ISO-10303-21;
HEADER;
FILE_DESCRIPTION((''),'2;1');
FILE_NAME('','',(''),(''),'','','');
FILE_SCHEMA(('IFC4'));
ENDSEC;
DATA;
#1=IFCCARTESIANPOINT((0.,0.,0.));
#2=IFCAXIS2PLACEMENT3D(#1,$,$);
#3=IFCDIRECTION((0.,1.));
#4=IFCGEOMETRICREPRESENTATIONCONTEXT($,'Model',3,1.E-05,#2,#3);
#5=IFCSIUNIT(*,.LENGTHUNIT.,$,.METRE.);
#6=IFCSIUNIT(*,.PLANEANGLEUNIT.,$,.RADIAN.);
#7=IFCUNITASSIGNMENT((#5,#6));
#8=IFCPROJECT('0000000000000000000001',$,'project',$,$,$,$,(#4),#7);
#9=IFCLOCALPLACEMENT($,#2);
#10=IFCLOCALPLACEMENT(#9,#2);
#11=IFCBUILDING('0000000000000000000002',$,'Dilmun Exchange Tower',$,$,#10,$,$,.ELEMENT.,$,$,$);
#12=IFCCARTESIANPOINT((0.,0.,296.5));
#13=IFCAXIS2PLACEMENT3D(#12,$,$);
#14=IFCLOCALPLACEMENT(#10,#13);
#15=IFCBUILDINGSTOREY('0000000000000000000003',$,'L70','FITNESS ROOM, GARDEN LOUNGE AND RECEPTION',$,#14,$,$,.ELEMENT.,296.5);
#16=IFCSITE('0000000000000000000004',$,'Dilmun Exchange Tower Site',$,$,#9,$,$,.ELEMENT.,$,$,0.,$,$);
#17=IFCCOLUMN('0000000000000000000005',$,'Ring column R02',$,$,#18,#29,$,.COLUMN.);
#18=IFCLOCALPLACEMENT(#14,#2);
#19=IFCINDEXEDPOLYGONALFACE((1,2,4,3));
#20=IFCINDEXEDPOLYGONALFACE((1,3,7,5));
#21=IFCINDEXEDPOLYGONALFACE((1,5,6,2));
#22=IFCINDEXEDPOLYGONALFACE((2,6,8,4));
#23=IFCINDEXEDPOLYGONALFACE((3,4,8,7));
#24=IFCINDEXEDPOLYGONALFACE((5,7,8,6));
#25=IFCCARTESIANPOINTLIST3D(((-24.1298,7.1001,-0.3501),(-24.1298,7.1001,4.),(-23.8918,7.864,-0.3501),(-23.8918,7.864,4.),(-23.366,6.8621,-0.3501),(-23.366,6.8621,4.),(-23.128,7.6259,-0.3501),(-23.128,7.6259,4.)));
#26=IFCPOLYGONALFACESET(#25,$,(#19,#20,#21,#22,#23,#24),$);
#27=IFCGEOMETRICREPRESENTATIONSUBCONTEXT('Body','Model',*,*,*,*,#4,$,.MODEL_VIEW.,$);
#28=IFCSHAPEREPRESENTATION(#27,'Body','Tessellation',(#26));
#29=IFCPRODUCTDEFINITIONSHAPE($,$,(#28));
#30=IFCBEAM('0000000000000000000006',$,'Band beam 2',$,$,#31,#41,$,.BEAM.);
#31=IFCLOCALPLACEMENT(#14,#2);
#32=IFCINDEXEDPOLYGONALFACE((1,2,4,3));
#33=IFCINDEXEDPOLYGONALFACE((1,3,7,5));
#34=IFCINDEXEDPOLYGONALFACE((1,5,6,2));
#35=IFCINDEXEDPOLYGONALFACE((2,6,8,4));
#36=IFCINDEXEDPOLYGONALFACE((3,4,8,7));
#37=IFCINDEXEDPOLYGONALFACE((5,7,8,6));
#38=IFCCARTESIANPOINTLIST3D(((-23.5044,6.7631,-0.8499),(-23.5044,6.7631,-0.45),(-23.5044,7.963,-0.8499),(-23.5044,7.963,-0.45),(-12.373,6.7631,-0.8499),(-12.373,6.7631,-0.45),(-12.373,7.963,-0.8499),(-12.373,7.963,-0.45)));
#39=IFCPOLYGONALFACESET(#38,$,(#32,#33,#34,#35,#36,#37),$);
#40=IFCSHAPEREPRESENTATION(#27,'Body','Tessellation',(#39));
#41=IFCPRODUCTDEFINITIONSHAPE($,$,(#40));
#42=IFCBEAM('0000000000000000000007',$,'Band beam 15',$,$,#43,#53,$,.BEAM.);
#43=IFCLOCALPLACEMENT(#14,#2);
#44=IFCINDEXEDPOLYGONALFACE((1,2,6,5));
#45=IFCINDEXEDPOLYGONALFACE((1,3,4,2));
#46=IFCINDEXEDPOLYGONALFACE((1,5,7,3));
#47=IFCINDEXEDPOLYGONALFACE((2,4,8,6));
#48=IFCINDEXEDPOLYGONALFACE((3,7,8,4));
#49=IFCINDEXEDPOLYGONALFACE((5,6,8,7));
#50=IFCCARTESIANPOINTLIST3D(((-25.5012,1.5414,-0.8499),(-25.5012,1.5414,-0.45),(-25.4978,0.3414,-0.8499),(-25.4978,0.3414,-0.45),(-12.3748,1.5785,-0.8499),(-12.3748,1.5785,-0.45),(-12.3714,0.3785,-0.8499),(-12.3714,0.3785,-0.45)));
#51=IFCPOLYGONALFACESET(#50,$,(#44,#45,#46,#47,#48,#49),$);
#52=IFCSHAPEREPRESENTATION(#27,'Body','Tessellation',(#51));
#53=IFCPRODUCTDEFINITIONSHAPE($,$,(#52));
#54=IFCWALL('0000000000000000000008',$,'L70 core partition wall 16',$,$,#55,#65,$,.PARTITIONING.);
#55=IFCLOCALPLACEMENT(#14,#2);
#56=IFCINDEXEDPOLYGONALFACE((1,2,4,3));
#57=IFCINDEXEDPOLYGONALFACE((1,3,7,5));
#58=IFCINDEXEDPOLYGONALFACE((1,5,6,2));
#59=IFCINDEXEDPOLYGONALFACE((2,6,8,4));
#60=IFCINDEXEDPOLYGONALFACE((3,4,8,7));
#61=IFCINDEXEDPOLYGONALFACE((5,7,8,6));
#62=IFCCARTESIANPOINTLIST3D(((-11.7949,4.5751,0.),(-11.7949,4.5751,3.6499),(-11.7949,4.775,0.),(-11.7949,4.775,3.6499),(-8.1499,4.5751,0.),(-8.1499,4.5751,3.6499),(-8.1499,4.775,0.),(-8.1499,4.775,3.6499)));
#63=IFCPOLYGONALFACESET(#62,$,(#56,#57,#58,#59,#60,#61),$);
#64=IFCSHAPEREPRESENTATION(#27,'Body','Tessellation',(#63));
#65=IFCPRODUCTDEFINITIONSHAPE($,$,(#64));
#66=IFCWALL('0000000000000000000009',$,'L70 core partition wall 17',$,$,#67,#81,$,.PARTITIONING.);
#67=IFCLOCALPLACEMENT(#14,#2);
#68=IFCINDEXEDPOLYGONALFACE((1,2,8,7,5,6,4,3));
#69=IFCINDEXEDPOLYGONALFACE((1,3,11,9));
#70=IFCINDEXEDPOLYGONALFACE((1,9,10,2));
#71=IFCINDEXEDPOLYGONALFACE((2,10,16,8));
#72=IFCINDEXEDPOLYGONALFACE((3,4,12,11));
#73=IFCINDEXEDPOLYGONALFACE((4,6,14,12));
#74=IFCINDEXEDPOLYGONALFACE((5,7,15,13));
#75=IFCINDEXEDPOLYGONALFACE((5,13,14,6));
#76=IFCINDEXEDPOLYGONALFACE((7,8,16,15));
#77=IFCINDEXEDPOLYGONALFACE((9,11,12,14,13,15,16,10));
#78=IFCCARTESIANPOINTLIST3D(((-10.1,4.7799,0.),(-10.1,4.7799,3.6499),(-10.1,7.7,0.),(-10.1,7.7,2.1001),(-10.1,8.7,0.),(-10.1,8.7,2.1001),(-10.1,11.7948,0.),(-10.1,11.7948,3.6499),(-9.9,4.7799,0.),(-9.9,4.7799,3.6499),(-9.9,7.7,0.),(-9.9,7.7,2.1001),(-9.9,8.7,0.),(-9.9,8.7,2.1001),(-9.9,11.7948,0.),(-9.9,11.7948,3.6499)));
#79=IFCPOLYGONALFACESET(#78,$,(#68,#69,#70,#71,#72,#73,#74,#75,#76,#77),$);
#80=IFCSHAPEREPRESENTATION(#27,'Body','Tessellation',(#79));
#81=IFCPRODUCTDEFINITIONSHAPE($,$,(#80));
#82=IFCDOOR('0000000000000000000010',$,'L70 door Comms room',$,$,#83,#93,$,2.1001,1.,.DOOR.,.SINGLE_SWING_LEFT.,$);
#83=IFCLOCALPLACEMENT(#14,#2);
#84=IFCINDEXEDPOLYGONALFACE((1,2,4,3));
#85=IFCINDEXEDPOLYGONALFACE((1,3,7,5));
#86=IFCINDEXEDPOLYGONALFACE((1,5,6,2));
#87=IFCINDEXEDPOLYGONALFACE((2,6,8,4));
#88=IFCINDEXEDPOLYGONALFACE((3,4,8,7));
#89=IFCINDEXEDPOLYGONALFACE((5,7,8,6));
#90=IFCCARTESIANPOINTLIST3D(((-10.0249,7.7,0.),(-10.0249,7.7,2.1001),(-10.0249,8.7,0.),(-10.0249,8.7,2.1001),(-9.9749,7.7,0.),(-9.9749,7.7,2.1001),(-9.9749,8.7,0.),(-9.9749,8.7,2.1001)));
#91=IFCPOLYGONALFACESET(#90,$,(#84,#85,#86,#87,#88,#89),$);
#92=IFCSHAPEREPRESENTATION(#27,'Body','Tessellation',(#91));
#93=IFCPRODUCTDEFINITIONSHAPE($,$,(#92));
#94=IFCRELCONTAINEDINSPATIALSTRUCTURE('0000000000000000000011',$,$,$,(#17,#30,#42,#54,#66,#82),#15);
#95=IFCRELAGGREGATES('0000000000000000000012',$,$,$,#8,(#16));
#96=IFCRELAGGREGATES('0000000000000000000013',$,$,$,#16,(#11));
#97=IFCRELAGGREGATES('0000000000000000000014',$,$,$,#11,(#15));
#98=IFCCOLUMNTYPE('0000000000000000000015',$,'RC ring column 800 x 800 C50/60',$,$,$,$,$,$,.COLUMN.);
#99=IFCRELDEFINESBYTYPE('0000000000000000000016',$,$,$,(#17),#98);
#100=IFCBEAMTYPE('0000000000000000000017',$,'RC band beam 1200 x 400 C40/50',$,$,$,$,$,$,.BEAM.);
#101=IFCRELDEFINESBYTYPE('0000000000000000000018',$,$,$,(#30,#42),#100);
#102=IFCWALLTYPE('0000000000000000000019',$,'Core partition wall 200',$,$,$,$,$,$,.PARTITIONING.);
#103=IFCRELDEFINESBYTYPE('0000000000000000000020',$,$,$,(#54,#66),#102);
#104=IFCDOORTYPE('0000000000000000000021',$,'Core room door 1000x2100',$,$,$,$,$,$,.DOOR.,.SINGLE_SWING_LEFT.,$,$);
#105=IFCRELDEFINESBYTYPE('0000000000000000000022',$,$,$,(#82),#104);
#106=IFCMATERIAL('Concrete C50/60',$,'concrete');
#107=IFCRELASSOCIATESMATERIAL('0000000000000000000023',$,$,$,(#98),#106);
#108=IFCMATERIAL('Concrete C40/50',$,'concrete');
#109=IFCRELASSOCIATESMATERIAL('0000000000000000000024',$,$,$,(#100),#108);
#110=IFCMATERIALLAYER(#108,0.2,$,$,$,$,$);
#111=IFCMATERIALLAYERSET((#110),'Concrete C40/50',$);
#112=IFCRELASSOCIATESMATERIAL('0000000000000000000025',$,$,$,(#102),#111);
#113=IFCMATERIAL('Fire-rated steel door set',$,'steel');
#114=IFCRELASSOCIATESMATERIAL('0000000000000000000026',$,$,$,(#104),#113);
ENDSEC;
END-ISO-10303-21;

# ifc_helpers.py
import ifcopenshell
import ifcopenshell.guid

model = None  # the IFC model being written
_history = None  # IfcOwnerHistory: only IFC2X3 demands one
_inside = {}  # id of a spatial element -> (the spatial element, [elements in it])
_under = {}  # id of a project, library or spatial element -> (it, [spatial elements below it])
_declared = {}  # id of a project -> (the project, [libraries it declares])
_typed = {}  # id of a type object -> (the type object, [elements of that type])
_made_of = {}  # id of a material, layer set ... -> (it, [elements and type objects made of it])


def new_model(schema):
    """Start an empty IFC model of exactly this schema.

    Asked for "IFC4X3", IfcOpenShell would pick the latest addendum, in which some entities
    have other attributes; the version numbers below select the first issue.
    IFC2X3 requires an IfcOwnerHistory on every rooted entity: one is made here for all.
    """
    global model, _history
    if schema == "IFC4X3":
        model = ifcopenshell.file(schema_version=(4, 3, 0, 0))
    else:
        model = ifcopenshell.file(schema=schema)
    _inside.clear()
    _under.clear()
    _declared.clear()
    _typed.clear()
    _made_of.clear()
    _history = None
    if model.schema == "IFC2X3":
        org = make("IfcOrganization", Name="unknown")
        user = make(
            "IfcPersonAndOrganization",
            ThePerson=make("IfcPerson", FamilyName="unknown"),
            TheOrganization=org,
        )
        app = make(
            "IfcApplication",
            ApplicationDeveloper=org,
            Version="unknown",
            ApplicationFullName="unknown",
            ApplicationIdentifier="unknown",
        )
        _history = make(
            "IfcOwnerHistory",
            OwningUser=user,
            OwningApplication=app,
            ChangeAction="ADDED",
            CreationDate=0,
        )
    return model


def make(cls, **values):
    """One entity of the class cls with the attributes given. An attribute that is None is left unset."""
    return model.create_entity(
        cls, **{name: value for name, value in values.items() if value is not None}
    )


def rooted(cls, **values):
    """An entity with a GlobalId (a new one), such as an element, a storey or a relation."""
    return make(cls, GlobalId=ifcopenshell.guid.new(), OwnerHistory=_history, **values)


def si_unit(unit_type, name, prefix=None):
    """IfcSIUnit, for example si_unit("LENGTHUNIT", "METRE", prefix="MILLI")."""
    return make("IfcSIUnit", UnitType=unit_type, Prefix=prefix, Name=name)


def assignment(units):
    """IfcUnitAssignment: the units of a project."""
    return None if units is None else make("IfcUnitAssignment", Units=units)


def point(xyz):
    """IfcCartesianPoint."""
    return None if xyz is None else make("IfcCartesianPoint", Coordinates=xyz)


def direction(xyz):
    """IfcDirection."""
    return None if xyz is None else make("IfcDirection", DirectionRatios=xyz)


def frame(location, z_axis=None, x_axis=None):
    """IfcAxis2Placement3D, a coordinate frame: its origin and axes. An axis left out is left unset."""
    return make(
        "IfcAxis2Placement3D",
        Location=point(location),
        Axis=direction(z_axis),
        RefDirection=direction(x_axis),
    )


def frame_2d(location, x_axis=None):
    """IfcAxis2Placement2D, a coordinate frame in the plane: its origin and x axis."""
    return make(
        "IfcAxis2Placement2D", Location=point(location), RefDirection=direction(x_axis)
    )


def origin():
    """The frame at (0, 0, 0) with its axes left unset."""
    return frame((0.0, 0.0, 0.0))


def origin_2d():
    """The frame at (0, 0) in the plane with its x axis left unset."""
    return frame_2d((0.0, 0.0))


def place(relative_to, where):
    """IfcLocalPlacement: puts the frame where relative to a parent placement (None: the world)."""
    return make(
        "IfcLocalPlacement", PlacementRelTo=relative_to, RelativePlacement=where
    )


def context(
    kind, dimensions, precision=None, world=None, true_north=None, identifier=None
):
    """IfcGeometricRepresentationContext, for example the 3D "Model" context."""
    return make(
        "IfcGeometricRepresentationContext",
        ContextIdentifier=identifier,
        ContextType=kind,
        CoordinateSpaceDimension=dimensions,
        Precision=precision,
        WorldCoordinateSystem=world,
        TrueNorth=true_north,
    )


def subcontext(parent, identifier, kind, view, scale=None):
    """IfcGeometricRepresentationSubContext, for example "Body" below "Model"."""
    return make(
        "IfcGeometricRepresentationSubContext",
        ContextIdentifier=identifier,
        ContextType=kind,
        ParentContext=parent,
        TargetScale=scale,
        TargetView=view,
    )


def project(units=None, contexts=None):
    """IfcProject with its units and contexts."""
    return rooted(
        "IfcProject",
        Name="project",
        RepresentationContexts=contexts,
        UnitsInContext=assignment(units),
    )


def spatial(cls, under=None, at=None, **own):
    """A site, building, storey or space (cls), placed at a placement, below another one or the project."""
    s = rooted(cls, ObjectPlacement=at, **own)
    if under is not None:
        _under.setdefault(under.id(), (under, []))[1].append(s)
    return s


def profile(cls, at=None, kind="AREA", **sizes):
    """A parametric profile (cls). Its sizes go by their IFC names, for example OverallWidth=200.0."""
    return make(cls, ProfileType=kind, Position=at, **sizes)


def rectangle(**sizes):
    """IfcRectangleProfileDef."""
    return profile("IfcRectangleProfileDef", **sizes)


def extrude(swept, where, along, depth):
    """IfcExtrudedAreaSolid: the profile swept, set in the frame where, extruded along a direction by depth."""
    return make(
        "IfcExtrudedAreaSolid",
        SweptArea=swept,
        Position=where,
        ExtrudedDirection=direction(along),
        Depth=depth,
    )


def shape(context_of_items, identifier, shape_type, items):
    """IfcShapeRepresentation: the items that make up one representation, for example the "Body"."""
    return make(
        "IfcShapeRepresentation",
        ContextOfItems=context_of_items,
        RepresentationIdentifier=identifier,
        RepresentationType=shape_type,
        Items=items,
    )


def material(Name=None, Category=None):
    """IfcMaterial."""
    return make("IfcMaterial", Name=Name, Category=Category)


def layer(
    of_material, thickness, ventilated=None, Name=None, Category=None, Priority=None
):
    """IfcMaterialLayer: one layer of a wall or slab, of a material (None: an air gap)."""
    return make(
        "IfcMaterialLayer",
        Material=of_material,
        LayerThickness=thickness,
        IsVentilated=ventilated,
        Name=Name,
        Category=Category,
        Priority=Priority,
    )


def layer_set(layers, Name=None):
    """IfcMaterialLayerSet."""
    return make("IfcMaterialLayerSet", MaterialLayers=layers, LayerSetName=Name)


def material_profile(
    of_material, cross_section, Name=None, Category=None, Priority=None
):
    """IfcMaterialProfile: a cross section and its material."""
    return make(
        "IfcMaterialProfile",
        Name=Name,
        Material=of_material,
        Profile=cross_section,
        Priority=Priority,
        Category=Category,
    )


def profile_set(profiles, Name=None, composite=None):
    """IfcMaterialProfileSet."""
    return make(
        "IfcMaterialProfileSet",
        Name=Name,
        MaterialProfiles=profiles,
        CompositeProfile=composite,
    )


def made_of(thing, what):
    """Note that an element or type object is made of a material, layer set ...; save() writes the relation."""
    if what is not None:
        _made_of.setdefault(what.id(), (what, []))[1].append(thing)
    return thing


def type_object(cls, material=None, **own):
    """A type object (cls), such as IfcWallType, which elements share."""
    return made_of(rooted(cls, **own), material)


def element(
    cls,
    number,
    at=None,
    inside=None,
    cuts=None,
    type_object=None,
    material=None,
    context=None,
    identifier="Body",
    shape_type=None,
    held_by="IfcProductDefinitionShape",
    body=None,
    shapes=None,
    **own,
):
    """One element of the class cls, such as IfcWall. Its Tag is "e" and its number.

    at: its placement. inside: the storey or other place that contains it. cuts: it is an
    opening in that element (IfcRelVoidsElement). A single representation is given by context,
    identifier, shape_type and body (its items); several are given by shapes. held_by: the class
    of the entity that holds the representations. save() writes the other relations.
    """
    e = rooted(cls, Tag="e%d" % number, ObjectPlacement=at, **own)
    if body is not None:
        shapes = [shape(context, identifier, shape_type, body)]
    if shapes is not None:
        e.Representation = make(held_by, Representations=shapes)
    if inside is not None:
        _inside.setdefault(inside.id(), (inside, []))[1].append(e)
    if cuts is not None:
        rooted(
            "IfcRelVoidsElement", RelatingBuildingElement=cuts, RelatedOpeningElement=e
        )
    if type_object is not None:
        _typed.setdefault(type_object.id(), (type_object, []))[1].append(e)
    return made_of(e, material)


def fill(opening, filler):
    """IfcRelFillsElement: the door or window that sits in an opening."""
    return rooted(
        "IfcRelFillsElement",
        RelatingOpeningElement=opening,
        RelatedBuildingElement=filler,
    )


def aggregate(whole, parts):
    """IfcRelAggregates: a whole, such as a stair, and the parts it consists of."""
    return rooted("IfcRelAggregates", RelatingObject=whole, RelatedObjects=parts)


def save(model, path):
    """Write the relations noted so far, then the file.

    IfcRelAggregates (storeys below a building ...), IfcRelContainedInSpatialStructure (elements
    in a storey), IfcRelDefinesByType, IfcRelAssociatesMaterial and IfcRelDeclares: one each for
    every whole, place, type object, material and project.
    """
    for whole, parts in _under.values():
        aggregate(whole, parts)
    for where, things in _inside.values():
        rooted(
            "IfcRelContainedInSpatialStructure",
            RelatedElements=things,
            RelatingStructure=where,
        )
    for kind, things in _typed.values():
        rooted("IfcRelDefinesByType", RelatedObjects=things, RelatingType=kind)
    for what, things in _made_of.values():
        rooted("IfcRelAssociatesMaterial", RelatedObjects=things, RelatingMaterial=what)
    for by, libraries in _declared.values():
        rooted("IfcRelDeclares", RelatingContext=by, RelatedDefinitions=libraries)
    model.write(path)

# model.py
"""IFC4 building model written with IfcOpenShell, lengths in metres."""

from ifc_helpers import new_model, si_unit, direction, frame, frame_2d, origin, origin_2d, place, context, subcontext, project, spatial, rectangle, extrude, material, layer, layer_set, material_profile, profile_set, type_object, element, fill, save


model = new_model("IFC4")

# Units and contexts
model_context = context("Model", 3, precision=1e-05, world=origin(), true_north=direction((0.0, 1.0)))
body_context = subcontext(model_context, "Body", "Model", "MODEL_VIEW")
ifc_project = project(units=[si_unit("LENGTHUNIT", "METRE"), si_unit("PLANEANGLEUNIT", "RADIAN")], contexts=[model_context])

# Site, building, storey
site_placement = place(None, origin())
site = spatial("IfcSite", under=ifc_project, at=site_placement, Name="Dilmun Exchange Tower Site", CompositionType="ELEMENT", RefElevation=0.0)
building_placement = place(site_placement, origin())
building = spatial("IfcBuilding", under=site, at=building_placement, Name="Dilmun Exchange Tower", CompositionType="ELEMENT")
storey_placement = place(building_placement, frame((0.0, 0.0, 296.5)))
storey = spatial("IfcBuildingStorey", under=building, at=storey_placement, Name="L70", Description="FITNESS ROOM, GARDEN LOUNGE AND RECEPTION", CompositionType="ELEMENT", Elevation=296.5)

# Column
ifc_material_1 = material(Name="Concrete C50/60", Category="concrete")
ifc_material_profile_1 = material_profile(ifc_material_1, rectangle(XDim=0.8, YDim=0.8, at=origin_2d()), Name="800 x 800")
ifc_profile_set_1 = profile_set([ifc_material_profile_1], Name="Concrete C50/60")
column_type = type_object("IfcColumnType", Name="RC ring column 800 x 800 C50/60", PredefinedType="COLUMN", material=ifc_profile_set_1)
column_placement = place(storey_placement, frame((-23.6289, 7.363, -0.3501), z_axis=(0.0, 0.0, 1.0), x_axis=(0.297503, 0.954721, 0.0)))
element("IfcColumn", 1, at=column_placement, inside=storey, type_object=column_type, Name="Ring column R02", PredefinedType="COLUMN", context=body_context, shape_type="SweptSolid", body=[
    extrude(rectangle(XDim=0.8, YDim=0.8, at=origin_2d()), origin(), (0.0, 0.0, 1.0), 4.3501),
])

# Beams
ifc_material_2 = material(Name="Concrete C40/50", Category="concrete")
ifc_material_profile_2 = material_profile(ifc_material_2, rectangle(XDim=1.2, YDim=0.3999, at=origin_2d()), Name="1200 x 400")
ifc_profile_set_2 = profile_set([ifc_material_profile_2], Name="Concrete C40/50")
beam_type = type_object("IfcBeamType", Name="RC band beam 1200 x 400 C40/50", PredefinedType="BEAM", material=ifc_profile_set_2)
beam_1_placement = place(storey_placement, frame((-23.5044, 7.363, -0.6499), z_axis=(1.0, 0.0, 0.0), x_axis=(0.0, 1.0, 0.0)))
element("IfcBeam", 2, at=beam_1_placement, inside=storey, type_object=beam_type, Name="Band beam 2", PredefinedType="BEAM", context=body_context, shape_type="SweptSolid", body=[
    extrude(rectangle(XDim=1.2, YDim=0.3999, at=origin_2d()), origin(), (0.0, 0.0, 1.0), 11.1313),
])
beam_2_placement = place(storey_placement, frame((-25.4995, 0.9414, -0.6499), z_axis=(0.999996, 0.002827, 0.0), x_axis=(-0.002827, 0.999996, 0.0)))
element("IfcBeam", 3, at=beam_2_placement, inside=storey, type_object=beam_type, Name="Band beam 15", PredefinedType="BEAM", context=body_context, shape_type="SweptSolid", body=[
    extrude(rectangle(XDim=1.2, YDim=0.3999, at=origin_2d()), origin(), (0.0, 0.0, 1.0), 13.1265),
])

# Wall
ifc_layer_1 = layer(ifc_material_2, 0.2)
ifc_layer_set_1 = layer_set([ifc_layer_1], Name="Concrete C40/50")
wall_type_1 = type_object("IfcWallType", Name="Core partition wall 200", PredefinedType="PARTITIONING", material=ifc_layer_set_1)
wall_1_placement = place(storey_placement, frame((-11.7949, 4.675, 0.0), z_axis=(0.0, 0.0, 1.0), x_axis=(1.0, 0.0, 0.0)))
element("IfcWall", 4, at=wall_1_placement, inside=storey, type_object=wall_type_1, Name="L70 core partition wall 16", PredefinedType="PARTITIONING", context=body_context, shape_type="SweptSolid", body=[
    extrude(rectangle(XDim=3.645, YDim=0.2, at=frame_2d((1.8225, 0.0))), origin(), (0.0, 0.0, 1.0), 3.6499),
])

# Wall, opening, door
wall_2_placement = place(storey_placement, frame((-10.0, 4.78, 0.0), z_axis=(0.0, 0.0, 1.0), x_axis=(0.0, 1.0, 0.0)))
wall_2 = element("IfcWall", 5, at=wall_2_placement, inside=storey, type_object=wall_type_1, Name="L70 core partition wall 17", PredefinedType="PARTITIONING", context=body_context, shape_type="SweptSolid", body=[
    extrude(rectangle(XDim=7.0149, YDim=0.2, at=frame_2d((3.5073, 0.0))), origin(), (0.0, 0.0, 1.0), 3.6499),
])
opening_1_placement = place(wall_2_placement, frame((2.9199, 0.0, 0.0)))
opening_1 = element("IfcOpeningElement", 6, at=opening_1_placement, cuts=wall_2, PredefinedType="OPENING", context=body_context, shape_type="SweptSolid", body=[
    extrude(rectangle(XDim=1.0, YDim=2.1001, at=frame_2d((0.5, 1.05))), frame((0.0, 0.1099, 0.0), z_axis=(0.0, -1.0, 0.0), x_axis=(1.0, 0.0, 0.0)), (0.0, 0.0, 1.0), 0.22),
])
ifc_material_3 = material(Name="Fire-rated steel door set", Category="steel")
door_type_1 = type_object("IfcDoorType", Name="Core room door 1000x2100", OperationType="SINGLE_SWING_LEFT", PredefinedType="DOOR", material=ifc_material_3)
door_1_placement = place(opening_1_placement, origin())
door_1 = element("IfcDoor", 7, at=door_1_placement, inside=storey, type_object=door_type_1, Name="L70 door Comms room", OperationType="SINGLE_SWING_LEFT", OverallHeight=2.1001, OverallWidth=1.0, PredefinedType="DOOR", context=body_context, shape_type="SweptSolid", body=[
    extrude(rectangle(XDim=1.0, YDim=2.1001, at=frame_2d((0.5, 1.05))), frame((0.0, 0.0249, 0.0), z_axis=(0.0, -1.0, 0.0), x_axis=(1.0, 0.0, 0.0)), (0.0, 0.0, 1.0), 0.05),
])
fill(opening_1, door_1)

save(model, "model.ifc")
